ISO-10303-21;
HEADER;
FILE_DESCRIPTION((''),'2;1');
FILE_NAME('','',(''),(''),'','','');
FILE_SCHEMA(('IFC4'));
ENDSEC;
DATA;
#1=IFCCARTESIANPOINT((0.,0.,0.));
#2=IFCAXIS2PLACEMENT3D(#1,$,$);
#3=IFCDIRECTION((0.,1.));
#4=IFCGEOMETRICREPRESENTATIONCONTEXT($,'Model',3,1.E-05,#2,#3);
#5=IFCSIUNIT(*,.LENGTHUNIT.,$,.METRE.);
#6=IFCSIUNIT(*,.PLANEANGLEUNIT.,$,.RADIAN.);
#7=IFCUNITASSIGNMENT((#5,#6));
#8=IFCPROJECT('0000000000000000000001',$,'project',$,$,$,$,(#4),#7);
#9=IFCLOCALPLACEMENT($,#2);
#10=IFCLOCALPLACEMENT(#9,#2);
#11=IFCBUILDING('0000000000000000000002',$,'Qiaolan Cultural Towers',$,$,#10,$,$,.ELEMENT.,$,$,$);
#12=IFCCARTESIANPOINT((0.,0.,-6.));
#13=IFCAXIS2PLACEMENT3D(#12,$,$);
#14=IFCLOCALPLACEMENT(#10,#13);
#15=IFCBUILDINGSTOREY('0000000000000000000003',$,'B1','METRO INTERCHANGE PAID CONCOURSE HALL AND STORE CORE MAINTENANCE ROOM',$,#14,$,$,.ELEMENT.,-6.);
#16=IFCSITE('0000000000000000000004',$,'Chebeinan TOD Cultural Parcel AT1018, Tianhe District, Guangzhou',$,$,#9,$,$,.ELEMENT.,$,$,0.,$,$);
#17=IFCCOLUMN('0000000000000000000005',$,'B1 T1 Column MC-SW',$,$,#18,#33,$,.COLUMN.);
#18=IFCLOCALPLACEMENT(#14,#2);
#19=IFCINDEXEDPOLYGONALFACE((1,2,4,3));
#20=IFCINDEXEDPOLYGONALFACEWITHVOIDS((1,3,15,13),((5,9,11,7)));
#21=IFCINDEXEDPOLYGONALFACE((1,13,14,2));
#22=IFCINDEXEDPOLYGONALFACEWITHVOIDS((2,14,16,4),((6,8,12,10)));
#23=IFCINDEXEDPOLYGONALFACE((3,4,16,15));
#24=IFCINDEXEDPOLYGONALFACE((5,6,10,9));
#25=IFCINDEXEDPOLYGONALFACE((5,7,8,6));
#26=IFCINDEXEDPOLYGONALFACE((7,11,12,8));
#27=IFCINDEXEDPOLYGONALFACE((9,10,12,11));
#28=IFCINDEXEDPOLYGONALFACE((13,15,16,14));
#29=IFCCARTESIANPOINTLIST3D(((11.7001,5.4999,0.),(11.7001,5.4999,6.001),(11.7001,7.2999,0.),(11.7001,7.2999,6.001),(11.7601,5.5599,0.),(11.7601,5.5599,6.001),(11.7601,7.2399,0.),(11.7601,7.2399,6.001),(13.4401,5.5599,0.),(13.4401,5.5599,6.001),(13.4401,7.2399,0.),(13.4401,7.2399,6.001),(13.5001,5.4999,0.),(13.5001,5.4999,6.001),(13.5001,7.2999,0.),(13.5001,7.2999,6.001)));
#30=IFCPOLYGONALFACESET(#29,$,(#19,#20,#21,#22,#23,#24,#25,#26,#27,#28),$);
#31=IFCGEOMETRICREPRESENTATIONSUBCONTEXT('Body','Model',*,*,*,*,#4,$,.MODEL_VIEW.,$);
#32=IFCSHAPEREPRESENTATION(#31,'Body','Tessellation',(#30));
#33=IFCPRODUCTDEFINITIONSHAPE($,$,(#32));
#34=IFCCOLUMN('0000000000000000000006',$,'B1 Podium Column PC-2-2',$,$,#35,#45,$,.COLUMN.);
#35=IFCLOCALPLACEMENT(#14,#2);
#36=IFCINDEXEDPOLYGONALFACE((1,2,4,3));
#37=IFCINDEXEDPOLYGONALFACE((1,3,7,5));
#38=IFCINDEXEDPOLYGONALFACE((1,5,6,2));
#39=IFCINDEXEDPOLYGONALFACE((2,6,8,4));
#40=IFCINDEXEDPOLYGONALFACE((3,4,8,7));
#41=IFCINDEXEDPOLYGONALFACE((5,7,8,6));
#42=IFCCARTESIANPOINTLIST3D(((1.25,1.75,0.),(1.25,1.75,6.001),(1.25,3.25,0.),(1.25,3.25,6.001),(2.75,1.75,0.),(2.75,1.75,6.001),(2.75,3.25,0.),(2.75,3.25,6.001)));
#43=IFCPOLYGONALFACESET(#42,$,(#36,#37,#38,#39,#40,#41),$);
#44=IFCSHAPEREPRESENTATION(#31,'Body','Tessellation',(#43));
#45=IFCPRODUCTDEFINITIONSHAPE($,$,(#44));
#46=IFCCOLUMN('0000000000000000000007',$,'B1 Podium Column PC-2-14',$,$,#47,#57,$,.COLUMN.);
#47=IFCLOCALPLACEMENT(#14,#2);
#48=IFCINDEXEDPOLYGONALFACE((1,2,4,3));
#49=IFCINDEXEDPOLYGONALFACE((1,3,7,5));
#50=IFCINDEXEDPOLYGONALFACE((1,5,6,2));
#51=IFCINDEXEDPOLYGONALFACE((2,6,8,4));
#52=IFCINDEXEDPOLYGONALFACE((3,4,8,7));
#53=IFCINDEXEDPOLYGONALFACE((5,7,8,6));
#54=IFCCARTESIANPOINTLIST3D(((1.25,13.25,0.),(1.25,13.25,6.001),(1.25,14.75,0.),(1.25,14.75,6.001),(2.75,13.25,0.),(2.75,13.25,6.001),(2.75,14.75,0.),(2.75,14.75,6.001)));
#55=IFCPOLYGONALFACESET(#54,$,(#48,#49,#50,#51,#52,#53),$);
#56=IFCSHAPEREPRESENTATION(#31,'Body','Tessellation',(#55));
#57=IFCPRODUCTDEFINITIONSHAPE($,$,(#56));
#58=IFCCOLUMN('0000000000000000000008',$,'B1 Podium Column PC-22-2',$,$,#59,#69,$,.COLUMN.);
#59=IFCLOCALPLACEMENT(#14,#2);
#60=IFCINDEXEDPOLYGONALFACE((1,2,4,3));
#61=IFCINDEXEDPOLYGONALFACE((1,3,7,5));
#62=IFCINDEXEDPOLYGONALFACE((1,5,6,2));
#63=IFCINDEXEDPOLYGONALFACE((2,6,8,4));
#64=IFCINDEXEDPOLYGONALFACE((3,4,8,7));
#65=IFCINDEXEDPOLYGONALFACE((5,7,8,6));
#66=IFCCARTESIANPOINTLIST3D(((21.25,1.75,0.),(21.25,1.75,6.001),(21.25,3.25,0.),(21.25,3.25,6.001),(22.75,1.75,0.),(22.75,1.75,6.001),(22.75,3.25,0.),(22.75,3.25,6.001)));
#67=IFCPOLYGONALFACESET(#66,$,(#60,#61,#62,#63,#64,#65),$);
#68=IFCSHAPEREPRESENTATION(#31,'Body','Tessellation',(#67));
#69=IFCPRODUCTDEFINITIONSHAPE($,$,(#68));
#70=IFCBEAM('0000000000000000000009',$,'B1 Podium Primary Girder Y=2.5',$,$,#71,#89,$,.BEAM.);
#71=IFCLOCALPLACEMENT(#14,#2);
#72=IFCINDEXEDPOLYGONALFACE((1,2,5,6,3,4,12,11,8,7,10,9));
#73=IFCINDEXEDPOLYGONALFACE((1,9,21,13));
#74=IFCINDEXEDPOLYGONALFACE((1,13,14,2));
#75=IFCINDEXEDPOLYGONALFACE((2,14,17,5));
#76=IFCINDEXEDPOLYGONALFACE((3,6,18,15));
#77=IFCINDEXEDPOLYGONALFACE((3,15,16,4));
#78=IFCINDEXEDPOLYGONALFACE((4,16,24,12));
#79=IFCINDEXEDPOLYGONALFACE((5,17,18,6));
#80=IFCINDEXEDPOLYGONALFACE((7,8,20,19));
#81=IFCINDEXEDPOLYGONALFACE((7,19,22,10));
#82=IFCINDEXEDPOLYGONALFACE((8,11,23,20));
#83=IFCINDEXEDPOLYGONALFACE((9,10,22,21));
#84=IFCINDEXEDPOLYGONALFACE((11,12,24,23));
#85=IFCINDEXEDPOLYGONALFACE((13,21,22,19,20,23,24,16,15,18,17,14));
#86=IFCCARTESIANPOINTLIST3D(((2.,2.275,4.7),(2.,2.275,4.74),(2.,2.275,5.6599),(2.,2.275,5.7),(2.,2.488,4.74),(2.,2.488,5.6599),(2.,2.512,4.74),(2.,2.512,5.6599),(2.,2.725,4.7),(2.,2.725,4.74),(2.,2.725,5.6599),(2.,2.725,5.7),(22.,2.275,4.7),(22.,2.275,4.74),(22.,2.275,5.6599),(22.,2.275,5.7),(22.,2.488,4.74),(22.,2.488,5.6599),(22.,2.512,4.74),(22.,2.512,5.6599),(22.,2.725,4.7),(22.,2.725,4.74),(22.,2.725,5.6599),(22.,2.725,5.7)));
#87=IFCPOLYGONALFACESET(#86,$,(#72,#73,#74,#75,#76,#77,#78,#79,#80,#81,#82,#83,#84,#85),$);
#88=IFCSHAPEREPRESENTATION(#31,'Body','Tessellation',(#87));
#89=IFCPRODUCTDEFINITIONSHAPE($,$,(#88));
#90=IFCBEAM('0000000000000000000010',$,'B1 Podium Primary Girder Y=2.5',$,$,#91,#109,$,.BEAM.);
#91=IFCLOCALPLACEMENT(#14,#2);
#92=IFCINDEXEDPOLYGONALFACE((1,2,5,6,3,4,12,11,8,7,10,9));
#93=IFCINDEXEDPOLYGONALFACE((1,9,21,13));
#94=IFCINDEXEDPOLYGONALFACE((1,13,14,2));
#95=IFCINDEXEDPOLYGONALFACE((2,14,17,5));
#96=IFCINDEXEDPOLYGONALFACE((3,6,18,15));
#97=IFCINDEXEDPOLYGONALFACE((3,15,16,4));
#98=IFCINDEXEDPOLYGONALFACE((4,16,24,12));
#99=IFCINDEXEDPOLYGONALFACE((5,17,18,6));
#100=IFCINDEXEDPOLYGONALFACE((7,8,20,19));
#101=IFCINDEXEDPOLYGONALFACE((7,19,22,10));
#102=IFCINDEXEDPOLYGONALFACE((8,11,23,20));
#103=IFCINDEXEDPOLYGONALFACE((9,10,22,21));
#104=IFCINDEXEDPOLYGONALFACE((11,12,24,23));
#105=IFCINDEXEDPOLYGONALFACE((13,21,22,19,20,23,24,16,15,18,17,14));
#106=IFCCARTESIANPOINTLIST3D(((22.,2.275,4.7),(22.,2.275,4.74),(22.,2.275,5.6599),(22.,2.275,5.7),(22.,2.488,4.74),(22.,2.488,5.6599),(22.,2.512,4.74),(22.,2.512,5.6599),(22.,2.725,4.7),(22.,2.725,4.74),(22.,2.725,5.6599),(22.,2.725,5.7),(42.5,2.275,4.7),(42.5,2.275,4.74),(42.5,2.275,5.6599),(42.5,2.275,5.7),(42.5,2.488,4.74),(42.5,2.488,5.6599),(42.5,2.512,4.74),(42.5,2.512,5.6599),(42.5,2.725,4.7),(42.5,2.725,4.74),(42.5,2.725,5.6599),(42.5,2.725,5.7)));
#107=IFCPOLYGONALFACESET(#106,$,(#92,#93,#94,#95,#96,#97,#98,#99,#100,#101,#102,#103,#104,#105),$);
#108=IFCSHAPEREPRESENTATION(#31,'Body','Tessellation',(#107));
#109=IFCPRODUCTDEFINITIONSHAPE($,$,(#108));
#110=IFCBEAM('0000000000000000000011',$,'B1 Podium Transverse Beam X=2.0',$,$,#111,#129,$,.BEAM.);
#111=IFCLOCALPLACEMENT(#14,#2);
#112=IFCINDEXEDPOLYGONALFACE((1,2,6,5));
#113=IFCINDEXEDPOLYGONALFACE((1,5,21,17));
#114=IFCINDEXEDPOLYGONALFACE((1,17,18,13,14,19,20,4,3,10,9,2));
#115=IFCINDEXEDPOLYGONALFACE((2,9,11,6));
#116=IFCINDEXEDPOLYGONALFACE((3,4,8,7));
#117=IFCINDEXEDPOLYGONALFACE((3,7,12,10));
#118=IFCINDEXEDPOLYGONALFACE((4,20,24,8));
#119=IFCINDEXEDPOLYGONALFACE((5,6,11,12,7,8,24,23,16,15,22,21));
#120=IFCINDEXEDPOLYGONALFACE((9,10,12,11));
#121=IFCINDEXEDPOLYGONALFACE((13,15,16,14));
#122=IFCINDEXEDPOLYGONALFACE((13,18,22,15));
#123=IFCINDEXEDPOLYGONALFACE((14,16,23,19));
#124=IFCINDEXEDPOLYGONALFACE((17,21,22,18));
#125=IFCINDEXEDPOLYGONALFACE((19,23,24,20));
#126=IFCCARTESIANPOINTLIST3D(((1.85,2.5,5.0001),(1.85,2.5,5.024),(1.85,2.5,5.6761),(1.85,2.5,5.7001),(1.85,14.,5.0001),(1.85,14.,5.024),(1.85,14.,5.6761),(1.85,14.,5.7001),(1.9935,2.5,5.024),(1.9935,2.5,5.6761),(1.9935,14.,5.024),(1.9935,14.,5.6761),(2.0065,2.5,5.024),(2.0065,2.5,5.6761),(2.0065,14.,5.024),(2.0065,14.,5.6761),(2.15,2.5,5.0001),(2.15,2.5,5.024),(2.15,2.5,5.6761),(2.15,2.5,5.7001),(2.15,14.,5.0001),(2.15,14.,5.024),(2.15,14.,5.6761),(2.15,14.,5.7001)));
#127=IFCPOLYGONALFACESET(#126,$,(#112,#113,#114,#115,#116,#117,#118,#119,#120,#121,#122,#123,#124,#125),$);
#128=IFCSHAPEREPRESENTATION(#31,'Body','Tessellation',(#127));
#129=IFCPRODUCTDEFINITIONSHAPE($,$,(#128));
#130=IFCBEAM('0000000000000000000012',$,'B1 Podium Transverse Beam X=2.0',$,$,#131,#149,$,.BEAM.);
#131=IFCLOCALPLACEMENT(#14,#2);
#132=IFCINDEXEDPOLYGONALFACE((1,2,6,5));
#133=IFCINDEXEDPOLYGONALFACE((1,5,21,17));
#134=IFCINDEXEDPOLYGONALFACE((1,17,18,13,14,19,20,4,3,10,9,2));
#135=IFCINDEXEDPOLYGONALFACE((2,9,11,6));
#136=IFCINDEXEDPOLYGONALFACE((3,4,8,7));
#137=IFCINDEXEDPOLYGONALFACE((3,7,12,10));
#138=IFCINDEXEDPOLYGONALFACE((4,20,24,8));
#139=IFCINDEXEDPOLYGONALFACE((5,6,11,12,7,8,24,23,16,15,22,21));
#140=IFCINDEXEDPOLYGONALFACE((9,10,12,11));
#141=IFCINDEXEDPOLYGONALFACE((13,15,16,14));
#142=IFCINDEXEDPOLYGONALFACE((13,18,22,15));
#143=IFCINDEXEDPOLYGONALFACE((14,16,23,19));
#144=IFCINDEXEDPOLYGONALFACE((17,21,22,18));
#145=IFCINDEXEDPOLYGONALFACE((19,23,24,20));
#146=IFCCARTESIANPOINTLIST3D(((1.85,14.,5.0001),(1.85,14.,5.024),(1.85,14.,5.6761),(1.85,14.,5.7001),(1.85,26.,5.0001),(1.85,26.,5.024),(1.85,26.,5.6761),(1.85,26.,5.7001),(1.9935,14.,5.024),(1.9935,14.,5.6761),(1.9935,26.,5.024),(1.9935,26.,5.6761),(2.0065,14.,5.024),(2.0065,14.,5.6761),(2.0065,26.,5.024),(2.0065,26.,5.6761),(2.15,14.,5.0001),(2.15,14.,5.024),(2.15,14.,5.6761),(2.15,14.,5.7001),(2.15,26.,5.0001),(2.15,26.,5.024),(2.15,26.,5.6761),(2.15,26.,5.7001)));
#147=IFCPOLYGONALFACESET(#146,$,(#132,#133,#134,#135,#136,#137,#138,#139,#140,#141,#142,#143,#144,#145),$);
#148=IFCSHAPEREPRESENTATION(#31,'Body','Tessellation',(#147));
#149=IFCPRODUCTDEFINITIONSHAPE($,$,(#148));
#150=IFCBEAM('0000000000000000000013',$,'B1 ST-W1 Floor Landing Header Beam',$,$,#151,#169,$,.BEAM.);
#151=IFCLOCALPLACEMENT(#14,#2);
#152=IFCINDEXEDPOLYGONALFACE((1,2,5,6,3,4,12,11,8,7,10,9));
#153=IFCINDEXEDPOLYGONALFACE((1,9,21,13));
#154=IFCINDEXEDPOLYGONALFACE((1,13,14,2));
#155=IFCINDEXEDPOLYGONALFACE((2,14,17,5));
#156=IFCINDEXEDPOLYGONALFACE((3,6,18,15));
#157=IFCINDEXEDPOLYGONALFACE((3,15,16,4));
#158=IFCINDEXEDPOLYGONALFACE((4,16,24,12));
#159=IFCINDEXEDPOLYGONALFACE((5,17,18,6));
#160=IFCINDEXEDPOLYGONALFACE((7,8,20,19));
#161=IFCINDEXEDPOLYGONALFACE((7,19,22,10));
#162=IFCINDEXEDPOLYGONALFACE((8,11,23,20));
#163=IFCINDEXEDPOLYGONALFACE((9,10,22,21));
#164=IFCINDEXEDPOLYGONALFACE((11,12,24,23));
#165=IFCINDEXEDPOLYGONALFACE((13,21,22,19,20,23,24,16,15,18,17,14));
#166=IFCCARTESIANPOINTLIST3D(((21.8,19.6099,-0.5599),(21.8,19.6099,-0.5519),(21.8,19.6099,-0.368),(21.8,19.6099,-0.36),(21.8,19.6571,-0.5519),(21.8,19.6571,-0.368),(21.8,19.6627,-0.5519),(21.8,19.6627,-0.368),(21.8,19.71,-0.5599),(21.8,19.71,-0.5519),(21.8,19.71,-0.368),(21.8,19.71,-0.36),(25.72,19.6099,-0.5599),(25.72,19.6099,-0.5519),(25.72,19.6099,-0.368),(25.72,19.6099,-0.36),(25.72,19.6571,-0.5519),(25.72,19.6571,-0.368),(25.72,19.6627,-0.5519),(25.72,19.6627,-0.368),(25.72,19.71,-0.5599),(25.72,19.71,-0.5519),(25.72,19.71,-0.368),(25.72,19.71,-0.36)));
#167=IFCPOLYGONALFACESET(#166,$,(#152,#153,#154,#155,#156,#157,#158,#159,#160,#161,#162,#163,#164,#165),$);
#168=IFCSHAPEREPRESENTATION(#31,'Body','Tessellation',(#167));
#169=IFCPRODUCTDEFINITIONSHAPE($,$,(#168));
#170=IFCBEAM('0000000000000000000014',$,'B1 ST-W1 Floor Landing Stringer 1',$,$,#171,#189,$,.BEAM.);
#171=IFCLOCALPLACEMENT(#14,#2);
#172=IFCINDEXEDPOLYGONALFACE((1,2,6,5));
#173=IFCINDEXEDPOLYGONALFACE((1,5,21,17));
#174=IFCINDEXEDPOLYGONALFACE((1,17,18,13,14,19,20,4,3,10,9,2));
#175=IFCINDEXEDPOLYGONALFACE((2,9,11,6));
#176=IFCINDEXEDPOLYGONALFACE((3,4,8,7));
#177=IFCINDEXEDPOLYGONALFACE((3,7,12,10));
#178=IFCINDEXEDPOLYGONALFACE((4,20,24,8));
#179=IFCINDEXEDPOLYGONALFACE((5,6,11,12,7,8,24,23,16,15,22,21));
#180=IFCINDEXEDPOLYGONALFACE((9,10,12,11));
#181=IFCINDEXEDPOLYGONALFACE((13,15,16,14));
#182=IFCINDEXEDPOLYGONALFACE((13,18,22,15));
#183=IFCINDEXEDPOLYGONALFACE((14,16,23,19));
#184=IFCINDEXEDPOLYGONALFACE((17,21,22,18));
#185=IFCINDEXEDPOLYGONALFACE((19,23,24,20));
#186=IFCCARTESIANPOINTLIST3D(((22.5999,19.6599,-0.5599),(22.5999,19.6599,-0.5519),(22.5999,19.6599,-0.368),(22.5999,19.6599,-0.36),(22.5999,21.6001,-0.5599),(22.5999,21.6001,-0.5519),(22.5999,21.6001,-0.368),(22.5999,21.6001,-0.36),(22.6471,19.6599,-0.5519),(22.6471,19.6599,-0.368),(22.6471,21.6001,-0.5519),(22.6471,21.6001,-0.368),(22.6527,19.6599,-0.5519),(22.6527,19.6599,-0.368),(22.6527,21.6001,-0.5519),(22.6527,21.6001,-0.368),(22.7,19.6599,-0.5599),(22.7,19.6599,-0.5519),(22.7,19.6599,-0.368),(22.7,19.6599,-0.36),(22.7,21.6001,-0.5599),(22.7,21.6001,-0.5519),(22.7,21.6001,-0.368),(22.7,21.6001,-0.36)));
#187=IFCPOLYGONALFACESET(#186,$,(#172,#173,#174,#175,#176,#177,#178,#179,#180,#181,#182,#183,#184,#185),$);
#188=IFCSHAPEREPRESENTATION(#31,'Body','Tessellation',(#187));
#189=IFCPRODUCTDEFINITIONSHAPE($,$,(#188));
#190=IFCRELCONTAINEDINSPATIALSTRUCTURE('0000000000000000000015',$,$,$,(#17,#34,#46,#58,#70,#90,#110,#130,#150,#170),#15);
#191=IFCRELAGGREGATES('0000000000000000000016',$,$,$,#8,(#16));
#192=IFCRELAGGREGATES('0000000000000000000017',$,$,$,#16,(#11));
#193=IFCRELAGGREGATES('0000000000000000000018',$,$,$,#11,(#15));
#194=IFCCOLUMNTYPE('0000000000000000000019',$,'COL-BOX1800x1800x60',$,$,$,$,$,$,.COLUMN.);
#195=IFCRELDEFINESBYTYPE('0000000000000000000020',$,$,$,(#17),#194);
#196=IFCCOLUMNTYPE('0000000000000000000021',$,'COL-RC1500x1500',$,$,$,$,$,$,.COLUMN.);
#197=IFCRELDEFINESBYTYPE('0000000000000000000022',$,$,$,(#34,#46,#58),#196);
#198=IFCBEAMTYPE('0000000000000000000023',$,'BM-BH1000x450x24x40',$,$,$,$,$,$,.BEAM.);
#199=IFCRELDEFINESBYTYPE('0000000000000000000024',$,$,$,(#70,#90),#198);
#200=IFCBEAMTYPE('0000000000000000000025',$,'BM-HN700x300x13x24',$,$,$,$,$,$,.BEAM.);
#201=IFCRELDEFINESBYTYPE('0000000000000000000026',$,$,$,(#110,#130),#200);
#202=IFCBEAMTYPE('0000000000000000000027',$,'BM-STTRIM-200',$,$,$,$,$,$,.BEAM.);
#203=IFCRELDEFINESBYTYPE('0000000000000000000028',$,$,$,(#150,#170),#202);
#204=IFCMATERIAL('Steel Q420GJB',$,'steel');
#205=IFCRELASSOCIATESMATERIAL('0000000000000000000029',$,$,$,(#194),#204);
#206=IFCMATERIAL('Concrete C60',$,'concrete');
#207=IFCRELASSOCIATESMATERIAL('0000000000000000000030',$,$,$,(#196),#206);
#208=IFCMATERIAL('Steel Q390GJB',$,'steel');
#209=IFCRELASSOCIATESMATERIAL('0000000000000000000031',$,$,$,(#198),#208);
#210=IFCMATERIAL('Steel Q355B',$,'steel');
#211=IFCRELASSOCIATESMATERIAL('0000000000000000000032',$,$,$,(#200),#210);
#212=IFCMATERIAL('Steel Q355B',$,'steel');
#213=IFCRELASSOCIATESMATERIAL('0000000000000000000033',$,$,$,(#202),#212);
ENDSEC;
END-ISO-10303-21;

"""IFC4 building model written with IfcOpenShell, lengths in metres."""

from ifc_helpers import new_model, si_unit, direction, frame, origin, origin_2d, place, context, subcontext, project, spatial, rectangle, hollow_rectangle, i_section, extrude, material, material_profile, profile_set, type_object, element, save


model = new_model("IFC4")

# Units and contexts
model_context = context("Model", 3, precision=1e-05, world=origin(), true_north=direction((0.0, 1.0)))
body_context = subcontext(model_context, "Body", "Model", "MODEL_VIEW")
ifc_project = project(units=[si_unit("LENGTHUNIT", "METRE"), si_unit("PLANEANGLEUNIT", "RADIAN")], contexts=[model_context])

# Site, building, storey
site_placement = place(None, origin())
site = spatial("IfcSite", under=ifc_project, at=site_placement, Name="Chebeinan TOD Cultural Parcel AT1018, Tianhe District, Guangzhou", CompositionType="ELEMENT", RefElevation=0.0)
building_placement = place(site_placement, origin())
building = spatial("IfcBuilding", under=site, at=building_placement, Name="Qiaolan Cultural Towers", CompositionType="ELEMENT")
storey_placement = place(building_placement, frame((0.0, 0.0, -6.0)))
storey = spatial("IfcBuildingStorey", under=building, at=storey_placement, Name="B1", Description="METRO INTERCHANGE PAID CONCOURSE HALL AND STORE CORE MAINTENANCE ROOM", CompositionType="ELEMENT", Elevation=-6.0)

# Columns
ifc_material_1 = material(Name="Steel Q420GJB", Category="steel")
ifc_material_profile_1 = material_profile(ifc_material_1, hollow_rectangle(XDim=1.8, YDim=1.8, WallThickness=0.0601, at=origin_2d()), Name="BOX1800x1800x60")
ifc_profile_set_1 = profile_set([ifc_material_profile_1], Name="Steel Q420GJB")
column_type_1 = type_object("IfcColumnType", Name="COL-BOX1800x1800x60", PredefinedType="COLUMN", material=ifc_profile_set_1)
column_placement = place(storey_placement, frame((12.6001, 6.3999, 0.0), z_axis=(0.0, 0.0, 1.0), x_axis=(1.0, 0.0, 0.0)))
element("IfcColumn", 1, at=column_placement, inside=storey, type_object=column_type_1, Name="B1 T1 Column MC-SW", PredefinedType="COLUMN", context=body_context, shape_type="SweptSolid", body=[
    extrude(hollow_rectangle(XDim=1.8, YDim=1.8, WallThickness=0.0601, at=origin_2d()), origin(), (0.0, 0.0, 1.0), 6.001),
])
ifc_material_2 = material(Name="Concrete C60", Category="concrete")
ifc_material_profile_2 = material_profile(ifc_material_2, rectangle(XDim=1.5, YDim=1.5, at=origin_2d()), Name="RC1500x1500")
ifc_profile_set_2 = profile_set([ifc_material_profile_2], Name="Concrete C60")
column_type_2 = type_object("IfcColumnType", Name="COL-RC1500x1500", PredefinedType="COLUMN", material=ifc_profile_set_2)
for number, where, z_axis, x_axis, name in (
    (2, (2.0, 2.5, 0.0), (0.0, 0.0, 1.0), (1.0, 0.0, 0.0), "B1 Podium Column PC-2-2"),
    (3, (2.0, 14.0, 0.0), (0.0, 0.0, 1.0), (1.0, 0.0, 0.0), "B1 Podium Column PC-2-14"),
    (4, (22.0, 2.5, 0.0), (0.0, 0.0, 1.0), (1.0, 0.0, 0.0), "B1 Podium Column PC-22-2"),
):
    element("IfcColumn", number, at=place(storey_placement, frame(where, z_axis=z_axis, x_axis=x_axis)), inside=storey, type_object=column_type_2, Name=name, PredefinedType="COLUMN", context=body_context, shape_type="SweptSolid", body=[
        extrude(rectangle(XDim=1.5, YDim=1.5, at=origin_2d()), origin(), (0.0, 0.0, 1.0), 6.001),
    ])

# Beams
ifc_material_3 = material(Name="Steel Q390GJB", Category="steel")
ifc_material_profile_3 = material_profile(ifc_material_3, i_section(OverallWidth=0.45, OverallDepth=1.0, WebThickness=0.0239, FlangeThickness=0.04, at=origin_2d()), Name="BH1000x450x24x40")
ifc_profile_set_3 = profile_set([ifc_material_profile_3], Name="Steel Q390GJB")
beam_type_1 = type_object("IfcBeamType", Name="BM-BH1000x450x24x40", PredefinedType="BEAM", material=ifc_profile_set_3)
beam_1_placement = place(storey_placement, frame((2.0, 2.5, 5.2), z_axis=(1.0, 0.0, 0.0), x_axis=(0.0, 1.0, 0.0)))
element("IfcBeam", 5, at=beam_1_placement, inside=storey, type_object=beam_type_1, Name="B1 Podium Primary Girder Y=2.5", PredefinedType="BEAM", context=body_context, shape_type="SweptSolid", body=[
    extrude(i_section(OverallWidth=0.45, OverallDepth=1.0, WebThickness=0.0239, FlangeThickness=0.04, at=origin_2d()), origin(), (0.0, 0.0, 1.0), 20.0),
])
beam_2_placement = place(storey_placement, frame((22.0, 2.5, 5.2), z_axis=(1.0, 0.0, 0.0), x_axis=(0.0, 1.0, 0.0)))
element("IfcBeam", 6, at=beam_2_placement, inside=storey, type_object=beam_type_1, Name="B1 Podium Primary Girder Y=2.5", PredefinedType="BEAM", context=body_context, shape_type="SweptSolid", body=[
    extrude(i_section(OverallWidth=0.45, OverallDepth=1.0, WebThickness=0.0239, FlangeThickness=0.04, at=origin_2d()), origin(), (0.0, 0.0, 1.0), 20.5),
])
ifc_material_4 = material(Name="Steel Q355B", Category="steel")
ifc_material_profile_4 = material_profile(ifc_material_4, i_section(OverallWidth=0.3, OverallDepth=0.7, WebThickness=0.0129, FlangeThickness=0.0239, at=origin_2d()), Name="HN700x300x13x24")
ifc_profile_set_4 = profile_set([ifc_material_profile_4], Name="Steel Q355B")
beam_type_2 = type_object("IfcBeamType", Name="BM-HN700x300x13x24", PredefinedType="BEAM", material=ifc_profile_set_4)
beam_3_placement = place(storey_placement, frame((2.0, 2.5, 5.3501), z_axis=(0.0, 1.0, 0.0), x_axis=(-1.0, 0.0, 0.0)))
element("IfcBeam", 7, at=beam_3_placement, inside=storey, type_object=beam_type_2, Name="B1 Podium Transverse Beam X=2.0", PredefinedType="BEAM", context=body_context, shape_type="SweptSolid", body=[
    extrude(i_section(OverallWidth=0.3, OverallDepth=0.7, WebThickness=0.0129, FlangeThickness=0.0239, at=origin_2d()), origin(), (0.0, 0.0, 1.0), 11.5),
])
beam_4_placement = place(storey_placement, frame((2.0, 14.0, 5.3501), z_axis=(0.0, 1.0, 0.0), x_axis=(-1.0, 0.0, 0.0)))
element("IfcBeam", 8, at=beam_4_placement, inside=storey, type_object=beam_type_2, Name="B1 Podium Transverse Beam X=2.0", PredefinedType="BEAM", context=body_context, shape_type="SweptSolid", body=[
    extrude(i_section(OverallWidth=0.3, OverallDepth=0.7, WebThickness=0.0129, FlangeThickness=0.0239, at=origin_2d()), origin(), (0.0, 0.0, 1.0), 12.0),
])
ifc_material_5 = material(Name="Steel Q355B", Category="steel")
ifc_material_profile_5 = material_profile(ifc_material_5, i_section(OverallWidth=0.1001, OverallDepth=0.2, WebThickness=0.0056, FlangeThickness=0.0081, at=origin_2d()), Name="HN200x100x5.5x8")
ifc_profile_set_5 = profile_set([ifc_material_profile_5], Name="Steel Q355B")
beam_type_3 = type_object("IfcBeamType", Name="BM-STTRIM-200", PredefinedType="BEAM", material=ifc_profile_set_5)
beam_5_placement = place(storey_placement, frame((21.8, 19.6599, -0.46), z_axis=(1.0, 0.0, 0.0), x_axis=(0.0, 1.0, 0.0)))
element("IfcBeam", 9, at=beam_5_placement, inside=storey, type_object=beam_type_3, Name="B1 ST-W1 Floor Landing Header Beam", PredefinedType="BEAM", context=body_context, shape_type="SweptSolid", body=[
    extrude(i_section(OverallWidth=0.1001, OverallDepth=0.2, WebThickness=0.0056, FlangeThickness=0.0081, at=origin_2d()), origin(), (0.0, 0.0, 1.0), 3.9199),
])
beam_6_placement = place(storey_placement, frame((22.6499, 21.6001, -0.46), z_axis=(0.0, -1.0, 0.0), x_axis=(1.0, 0.0, 0.0)))
element("IfcBeam", 10, at=beam_6_placement, inside=storey, type_object=beam_type_3, Name="B1 ST-W1 Floor Landing Stringer 1", PredefinedType="BEAM", context=body_context, shape_type="SweptSolid", body=[
    extrude(i_section(OverallWidth=0.1001, OverallDepth=0.2, WebThickness=0.0056, FlangeThickness=0.0081, at=origin_2d()), origin(), (0.0, 0.0, 1.0), 1.9402),
])

save(model, "model.ifc")
